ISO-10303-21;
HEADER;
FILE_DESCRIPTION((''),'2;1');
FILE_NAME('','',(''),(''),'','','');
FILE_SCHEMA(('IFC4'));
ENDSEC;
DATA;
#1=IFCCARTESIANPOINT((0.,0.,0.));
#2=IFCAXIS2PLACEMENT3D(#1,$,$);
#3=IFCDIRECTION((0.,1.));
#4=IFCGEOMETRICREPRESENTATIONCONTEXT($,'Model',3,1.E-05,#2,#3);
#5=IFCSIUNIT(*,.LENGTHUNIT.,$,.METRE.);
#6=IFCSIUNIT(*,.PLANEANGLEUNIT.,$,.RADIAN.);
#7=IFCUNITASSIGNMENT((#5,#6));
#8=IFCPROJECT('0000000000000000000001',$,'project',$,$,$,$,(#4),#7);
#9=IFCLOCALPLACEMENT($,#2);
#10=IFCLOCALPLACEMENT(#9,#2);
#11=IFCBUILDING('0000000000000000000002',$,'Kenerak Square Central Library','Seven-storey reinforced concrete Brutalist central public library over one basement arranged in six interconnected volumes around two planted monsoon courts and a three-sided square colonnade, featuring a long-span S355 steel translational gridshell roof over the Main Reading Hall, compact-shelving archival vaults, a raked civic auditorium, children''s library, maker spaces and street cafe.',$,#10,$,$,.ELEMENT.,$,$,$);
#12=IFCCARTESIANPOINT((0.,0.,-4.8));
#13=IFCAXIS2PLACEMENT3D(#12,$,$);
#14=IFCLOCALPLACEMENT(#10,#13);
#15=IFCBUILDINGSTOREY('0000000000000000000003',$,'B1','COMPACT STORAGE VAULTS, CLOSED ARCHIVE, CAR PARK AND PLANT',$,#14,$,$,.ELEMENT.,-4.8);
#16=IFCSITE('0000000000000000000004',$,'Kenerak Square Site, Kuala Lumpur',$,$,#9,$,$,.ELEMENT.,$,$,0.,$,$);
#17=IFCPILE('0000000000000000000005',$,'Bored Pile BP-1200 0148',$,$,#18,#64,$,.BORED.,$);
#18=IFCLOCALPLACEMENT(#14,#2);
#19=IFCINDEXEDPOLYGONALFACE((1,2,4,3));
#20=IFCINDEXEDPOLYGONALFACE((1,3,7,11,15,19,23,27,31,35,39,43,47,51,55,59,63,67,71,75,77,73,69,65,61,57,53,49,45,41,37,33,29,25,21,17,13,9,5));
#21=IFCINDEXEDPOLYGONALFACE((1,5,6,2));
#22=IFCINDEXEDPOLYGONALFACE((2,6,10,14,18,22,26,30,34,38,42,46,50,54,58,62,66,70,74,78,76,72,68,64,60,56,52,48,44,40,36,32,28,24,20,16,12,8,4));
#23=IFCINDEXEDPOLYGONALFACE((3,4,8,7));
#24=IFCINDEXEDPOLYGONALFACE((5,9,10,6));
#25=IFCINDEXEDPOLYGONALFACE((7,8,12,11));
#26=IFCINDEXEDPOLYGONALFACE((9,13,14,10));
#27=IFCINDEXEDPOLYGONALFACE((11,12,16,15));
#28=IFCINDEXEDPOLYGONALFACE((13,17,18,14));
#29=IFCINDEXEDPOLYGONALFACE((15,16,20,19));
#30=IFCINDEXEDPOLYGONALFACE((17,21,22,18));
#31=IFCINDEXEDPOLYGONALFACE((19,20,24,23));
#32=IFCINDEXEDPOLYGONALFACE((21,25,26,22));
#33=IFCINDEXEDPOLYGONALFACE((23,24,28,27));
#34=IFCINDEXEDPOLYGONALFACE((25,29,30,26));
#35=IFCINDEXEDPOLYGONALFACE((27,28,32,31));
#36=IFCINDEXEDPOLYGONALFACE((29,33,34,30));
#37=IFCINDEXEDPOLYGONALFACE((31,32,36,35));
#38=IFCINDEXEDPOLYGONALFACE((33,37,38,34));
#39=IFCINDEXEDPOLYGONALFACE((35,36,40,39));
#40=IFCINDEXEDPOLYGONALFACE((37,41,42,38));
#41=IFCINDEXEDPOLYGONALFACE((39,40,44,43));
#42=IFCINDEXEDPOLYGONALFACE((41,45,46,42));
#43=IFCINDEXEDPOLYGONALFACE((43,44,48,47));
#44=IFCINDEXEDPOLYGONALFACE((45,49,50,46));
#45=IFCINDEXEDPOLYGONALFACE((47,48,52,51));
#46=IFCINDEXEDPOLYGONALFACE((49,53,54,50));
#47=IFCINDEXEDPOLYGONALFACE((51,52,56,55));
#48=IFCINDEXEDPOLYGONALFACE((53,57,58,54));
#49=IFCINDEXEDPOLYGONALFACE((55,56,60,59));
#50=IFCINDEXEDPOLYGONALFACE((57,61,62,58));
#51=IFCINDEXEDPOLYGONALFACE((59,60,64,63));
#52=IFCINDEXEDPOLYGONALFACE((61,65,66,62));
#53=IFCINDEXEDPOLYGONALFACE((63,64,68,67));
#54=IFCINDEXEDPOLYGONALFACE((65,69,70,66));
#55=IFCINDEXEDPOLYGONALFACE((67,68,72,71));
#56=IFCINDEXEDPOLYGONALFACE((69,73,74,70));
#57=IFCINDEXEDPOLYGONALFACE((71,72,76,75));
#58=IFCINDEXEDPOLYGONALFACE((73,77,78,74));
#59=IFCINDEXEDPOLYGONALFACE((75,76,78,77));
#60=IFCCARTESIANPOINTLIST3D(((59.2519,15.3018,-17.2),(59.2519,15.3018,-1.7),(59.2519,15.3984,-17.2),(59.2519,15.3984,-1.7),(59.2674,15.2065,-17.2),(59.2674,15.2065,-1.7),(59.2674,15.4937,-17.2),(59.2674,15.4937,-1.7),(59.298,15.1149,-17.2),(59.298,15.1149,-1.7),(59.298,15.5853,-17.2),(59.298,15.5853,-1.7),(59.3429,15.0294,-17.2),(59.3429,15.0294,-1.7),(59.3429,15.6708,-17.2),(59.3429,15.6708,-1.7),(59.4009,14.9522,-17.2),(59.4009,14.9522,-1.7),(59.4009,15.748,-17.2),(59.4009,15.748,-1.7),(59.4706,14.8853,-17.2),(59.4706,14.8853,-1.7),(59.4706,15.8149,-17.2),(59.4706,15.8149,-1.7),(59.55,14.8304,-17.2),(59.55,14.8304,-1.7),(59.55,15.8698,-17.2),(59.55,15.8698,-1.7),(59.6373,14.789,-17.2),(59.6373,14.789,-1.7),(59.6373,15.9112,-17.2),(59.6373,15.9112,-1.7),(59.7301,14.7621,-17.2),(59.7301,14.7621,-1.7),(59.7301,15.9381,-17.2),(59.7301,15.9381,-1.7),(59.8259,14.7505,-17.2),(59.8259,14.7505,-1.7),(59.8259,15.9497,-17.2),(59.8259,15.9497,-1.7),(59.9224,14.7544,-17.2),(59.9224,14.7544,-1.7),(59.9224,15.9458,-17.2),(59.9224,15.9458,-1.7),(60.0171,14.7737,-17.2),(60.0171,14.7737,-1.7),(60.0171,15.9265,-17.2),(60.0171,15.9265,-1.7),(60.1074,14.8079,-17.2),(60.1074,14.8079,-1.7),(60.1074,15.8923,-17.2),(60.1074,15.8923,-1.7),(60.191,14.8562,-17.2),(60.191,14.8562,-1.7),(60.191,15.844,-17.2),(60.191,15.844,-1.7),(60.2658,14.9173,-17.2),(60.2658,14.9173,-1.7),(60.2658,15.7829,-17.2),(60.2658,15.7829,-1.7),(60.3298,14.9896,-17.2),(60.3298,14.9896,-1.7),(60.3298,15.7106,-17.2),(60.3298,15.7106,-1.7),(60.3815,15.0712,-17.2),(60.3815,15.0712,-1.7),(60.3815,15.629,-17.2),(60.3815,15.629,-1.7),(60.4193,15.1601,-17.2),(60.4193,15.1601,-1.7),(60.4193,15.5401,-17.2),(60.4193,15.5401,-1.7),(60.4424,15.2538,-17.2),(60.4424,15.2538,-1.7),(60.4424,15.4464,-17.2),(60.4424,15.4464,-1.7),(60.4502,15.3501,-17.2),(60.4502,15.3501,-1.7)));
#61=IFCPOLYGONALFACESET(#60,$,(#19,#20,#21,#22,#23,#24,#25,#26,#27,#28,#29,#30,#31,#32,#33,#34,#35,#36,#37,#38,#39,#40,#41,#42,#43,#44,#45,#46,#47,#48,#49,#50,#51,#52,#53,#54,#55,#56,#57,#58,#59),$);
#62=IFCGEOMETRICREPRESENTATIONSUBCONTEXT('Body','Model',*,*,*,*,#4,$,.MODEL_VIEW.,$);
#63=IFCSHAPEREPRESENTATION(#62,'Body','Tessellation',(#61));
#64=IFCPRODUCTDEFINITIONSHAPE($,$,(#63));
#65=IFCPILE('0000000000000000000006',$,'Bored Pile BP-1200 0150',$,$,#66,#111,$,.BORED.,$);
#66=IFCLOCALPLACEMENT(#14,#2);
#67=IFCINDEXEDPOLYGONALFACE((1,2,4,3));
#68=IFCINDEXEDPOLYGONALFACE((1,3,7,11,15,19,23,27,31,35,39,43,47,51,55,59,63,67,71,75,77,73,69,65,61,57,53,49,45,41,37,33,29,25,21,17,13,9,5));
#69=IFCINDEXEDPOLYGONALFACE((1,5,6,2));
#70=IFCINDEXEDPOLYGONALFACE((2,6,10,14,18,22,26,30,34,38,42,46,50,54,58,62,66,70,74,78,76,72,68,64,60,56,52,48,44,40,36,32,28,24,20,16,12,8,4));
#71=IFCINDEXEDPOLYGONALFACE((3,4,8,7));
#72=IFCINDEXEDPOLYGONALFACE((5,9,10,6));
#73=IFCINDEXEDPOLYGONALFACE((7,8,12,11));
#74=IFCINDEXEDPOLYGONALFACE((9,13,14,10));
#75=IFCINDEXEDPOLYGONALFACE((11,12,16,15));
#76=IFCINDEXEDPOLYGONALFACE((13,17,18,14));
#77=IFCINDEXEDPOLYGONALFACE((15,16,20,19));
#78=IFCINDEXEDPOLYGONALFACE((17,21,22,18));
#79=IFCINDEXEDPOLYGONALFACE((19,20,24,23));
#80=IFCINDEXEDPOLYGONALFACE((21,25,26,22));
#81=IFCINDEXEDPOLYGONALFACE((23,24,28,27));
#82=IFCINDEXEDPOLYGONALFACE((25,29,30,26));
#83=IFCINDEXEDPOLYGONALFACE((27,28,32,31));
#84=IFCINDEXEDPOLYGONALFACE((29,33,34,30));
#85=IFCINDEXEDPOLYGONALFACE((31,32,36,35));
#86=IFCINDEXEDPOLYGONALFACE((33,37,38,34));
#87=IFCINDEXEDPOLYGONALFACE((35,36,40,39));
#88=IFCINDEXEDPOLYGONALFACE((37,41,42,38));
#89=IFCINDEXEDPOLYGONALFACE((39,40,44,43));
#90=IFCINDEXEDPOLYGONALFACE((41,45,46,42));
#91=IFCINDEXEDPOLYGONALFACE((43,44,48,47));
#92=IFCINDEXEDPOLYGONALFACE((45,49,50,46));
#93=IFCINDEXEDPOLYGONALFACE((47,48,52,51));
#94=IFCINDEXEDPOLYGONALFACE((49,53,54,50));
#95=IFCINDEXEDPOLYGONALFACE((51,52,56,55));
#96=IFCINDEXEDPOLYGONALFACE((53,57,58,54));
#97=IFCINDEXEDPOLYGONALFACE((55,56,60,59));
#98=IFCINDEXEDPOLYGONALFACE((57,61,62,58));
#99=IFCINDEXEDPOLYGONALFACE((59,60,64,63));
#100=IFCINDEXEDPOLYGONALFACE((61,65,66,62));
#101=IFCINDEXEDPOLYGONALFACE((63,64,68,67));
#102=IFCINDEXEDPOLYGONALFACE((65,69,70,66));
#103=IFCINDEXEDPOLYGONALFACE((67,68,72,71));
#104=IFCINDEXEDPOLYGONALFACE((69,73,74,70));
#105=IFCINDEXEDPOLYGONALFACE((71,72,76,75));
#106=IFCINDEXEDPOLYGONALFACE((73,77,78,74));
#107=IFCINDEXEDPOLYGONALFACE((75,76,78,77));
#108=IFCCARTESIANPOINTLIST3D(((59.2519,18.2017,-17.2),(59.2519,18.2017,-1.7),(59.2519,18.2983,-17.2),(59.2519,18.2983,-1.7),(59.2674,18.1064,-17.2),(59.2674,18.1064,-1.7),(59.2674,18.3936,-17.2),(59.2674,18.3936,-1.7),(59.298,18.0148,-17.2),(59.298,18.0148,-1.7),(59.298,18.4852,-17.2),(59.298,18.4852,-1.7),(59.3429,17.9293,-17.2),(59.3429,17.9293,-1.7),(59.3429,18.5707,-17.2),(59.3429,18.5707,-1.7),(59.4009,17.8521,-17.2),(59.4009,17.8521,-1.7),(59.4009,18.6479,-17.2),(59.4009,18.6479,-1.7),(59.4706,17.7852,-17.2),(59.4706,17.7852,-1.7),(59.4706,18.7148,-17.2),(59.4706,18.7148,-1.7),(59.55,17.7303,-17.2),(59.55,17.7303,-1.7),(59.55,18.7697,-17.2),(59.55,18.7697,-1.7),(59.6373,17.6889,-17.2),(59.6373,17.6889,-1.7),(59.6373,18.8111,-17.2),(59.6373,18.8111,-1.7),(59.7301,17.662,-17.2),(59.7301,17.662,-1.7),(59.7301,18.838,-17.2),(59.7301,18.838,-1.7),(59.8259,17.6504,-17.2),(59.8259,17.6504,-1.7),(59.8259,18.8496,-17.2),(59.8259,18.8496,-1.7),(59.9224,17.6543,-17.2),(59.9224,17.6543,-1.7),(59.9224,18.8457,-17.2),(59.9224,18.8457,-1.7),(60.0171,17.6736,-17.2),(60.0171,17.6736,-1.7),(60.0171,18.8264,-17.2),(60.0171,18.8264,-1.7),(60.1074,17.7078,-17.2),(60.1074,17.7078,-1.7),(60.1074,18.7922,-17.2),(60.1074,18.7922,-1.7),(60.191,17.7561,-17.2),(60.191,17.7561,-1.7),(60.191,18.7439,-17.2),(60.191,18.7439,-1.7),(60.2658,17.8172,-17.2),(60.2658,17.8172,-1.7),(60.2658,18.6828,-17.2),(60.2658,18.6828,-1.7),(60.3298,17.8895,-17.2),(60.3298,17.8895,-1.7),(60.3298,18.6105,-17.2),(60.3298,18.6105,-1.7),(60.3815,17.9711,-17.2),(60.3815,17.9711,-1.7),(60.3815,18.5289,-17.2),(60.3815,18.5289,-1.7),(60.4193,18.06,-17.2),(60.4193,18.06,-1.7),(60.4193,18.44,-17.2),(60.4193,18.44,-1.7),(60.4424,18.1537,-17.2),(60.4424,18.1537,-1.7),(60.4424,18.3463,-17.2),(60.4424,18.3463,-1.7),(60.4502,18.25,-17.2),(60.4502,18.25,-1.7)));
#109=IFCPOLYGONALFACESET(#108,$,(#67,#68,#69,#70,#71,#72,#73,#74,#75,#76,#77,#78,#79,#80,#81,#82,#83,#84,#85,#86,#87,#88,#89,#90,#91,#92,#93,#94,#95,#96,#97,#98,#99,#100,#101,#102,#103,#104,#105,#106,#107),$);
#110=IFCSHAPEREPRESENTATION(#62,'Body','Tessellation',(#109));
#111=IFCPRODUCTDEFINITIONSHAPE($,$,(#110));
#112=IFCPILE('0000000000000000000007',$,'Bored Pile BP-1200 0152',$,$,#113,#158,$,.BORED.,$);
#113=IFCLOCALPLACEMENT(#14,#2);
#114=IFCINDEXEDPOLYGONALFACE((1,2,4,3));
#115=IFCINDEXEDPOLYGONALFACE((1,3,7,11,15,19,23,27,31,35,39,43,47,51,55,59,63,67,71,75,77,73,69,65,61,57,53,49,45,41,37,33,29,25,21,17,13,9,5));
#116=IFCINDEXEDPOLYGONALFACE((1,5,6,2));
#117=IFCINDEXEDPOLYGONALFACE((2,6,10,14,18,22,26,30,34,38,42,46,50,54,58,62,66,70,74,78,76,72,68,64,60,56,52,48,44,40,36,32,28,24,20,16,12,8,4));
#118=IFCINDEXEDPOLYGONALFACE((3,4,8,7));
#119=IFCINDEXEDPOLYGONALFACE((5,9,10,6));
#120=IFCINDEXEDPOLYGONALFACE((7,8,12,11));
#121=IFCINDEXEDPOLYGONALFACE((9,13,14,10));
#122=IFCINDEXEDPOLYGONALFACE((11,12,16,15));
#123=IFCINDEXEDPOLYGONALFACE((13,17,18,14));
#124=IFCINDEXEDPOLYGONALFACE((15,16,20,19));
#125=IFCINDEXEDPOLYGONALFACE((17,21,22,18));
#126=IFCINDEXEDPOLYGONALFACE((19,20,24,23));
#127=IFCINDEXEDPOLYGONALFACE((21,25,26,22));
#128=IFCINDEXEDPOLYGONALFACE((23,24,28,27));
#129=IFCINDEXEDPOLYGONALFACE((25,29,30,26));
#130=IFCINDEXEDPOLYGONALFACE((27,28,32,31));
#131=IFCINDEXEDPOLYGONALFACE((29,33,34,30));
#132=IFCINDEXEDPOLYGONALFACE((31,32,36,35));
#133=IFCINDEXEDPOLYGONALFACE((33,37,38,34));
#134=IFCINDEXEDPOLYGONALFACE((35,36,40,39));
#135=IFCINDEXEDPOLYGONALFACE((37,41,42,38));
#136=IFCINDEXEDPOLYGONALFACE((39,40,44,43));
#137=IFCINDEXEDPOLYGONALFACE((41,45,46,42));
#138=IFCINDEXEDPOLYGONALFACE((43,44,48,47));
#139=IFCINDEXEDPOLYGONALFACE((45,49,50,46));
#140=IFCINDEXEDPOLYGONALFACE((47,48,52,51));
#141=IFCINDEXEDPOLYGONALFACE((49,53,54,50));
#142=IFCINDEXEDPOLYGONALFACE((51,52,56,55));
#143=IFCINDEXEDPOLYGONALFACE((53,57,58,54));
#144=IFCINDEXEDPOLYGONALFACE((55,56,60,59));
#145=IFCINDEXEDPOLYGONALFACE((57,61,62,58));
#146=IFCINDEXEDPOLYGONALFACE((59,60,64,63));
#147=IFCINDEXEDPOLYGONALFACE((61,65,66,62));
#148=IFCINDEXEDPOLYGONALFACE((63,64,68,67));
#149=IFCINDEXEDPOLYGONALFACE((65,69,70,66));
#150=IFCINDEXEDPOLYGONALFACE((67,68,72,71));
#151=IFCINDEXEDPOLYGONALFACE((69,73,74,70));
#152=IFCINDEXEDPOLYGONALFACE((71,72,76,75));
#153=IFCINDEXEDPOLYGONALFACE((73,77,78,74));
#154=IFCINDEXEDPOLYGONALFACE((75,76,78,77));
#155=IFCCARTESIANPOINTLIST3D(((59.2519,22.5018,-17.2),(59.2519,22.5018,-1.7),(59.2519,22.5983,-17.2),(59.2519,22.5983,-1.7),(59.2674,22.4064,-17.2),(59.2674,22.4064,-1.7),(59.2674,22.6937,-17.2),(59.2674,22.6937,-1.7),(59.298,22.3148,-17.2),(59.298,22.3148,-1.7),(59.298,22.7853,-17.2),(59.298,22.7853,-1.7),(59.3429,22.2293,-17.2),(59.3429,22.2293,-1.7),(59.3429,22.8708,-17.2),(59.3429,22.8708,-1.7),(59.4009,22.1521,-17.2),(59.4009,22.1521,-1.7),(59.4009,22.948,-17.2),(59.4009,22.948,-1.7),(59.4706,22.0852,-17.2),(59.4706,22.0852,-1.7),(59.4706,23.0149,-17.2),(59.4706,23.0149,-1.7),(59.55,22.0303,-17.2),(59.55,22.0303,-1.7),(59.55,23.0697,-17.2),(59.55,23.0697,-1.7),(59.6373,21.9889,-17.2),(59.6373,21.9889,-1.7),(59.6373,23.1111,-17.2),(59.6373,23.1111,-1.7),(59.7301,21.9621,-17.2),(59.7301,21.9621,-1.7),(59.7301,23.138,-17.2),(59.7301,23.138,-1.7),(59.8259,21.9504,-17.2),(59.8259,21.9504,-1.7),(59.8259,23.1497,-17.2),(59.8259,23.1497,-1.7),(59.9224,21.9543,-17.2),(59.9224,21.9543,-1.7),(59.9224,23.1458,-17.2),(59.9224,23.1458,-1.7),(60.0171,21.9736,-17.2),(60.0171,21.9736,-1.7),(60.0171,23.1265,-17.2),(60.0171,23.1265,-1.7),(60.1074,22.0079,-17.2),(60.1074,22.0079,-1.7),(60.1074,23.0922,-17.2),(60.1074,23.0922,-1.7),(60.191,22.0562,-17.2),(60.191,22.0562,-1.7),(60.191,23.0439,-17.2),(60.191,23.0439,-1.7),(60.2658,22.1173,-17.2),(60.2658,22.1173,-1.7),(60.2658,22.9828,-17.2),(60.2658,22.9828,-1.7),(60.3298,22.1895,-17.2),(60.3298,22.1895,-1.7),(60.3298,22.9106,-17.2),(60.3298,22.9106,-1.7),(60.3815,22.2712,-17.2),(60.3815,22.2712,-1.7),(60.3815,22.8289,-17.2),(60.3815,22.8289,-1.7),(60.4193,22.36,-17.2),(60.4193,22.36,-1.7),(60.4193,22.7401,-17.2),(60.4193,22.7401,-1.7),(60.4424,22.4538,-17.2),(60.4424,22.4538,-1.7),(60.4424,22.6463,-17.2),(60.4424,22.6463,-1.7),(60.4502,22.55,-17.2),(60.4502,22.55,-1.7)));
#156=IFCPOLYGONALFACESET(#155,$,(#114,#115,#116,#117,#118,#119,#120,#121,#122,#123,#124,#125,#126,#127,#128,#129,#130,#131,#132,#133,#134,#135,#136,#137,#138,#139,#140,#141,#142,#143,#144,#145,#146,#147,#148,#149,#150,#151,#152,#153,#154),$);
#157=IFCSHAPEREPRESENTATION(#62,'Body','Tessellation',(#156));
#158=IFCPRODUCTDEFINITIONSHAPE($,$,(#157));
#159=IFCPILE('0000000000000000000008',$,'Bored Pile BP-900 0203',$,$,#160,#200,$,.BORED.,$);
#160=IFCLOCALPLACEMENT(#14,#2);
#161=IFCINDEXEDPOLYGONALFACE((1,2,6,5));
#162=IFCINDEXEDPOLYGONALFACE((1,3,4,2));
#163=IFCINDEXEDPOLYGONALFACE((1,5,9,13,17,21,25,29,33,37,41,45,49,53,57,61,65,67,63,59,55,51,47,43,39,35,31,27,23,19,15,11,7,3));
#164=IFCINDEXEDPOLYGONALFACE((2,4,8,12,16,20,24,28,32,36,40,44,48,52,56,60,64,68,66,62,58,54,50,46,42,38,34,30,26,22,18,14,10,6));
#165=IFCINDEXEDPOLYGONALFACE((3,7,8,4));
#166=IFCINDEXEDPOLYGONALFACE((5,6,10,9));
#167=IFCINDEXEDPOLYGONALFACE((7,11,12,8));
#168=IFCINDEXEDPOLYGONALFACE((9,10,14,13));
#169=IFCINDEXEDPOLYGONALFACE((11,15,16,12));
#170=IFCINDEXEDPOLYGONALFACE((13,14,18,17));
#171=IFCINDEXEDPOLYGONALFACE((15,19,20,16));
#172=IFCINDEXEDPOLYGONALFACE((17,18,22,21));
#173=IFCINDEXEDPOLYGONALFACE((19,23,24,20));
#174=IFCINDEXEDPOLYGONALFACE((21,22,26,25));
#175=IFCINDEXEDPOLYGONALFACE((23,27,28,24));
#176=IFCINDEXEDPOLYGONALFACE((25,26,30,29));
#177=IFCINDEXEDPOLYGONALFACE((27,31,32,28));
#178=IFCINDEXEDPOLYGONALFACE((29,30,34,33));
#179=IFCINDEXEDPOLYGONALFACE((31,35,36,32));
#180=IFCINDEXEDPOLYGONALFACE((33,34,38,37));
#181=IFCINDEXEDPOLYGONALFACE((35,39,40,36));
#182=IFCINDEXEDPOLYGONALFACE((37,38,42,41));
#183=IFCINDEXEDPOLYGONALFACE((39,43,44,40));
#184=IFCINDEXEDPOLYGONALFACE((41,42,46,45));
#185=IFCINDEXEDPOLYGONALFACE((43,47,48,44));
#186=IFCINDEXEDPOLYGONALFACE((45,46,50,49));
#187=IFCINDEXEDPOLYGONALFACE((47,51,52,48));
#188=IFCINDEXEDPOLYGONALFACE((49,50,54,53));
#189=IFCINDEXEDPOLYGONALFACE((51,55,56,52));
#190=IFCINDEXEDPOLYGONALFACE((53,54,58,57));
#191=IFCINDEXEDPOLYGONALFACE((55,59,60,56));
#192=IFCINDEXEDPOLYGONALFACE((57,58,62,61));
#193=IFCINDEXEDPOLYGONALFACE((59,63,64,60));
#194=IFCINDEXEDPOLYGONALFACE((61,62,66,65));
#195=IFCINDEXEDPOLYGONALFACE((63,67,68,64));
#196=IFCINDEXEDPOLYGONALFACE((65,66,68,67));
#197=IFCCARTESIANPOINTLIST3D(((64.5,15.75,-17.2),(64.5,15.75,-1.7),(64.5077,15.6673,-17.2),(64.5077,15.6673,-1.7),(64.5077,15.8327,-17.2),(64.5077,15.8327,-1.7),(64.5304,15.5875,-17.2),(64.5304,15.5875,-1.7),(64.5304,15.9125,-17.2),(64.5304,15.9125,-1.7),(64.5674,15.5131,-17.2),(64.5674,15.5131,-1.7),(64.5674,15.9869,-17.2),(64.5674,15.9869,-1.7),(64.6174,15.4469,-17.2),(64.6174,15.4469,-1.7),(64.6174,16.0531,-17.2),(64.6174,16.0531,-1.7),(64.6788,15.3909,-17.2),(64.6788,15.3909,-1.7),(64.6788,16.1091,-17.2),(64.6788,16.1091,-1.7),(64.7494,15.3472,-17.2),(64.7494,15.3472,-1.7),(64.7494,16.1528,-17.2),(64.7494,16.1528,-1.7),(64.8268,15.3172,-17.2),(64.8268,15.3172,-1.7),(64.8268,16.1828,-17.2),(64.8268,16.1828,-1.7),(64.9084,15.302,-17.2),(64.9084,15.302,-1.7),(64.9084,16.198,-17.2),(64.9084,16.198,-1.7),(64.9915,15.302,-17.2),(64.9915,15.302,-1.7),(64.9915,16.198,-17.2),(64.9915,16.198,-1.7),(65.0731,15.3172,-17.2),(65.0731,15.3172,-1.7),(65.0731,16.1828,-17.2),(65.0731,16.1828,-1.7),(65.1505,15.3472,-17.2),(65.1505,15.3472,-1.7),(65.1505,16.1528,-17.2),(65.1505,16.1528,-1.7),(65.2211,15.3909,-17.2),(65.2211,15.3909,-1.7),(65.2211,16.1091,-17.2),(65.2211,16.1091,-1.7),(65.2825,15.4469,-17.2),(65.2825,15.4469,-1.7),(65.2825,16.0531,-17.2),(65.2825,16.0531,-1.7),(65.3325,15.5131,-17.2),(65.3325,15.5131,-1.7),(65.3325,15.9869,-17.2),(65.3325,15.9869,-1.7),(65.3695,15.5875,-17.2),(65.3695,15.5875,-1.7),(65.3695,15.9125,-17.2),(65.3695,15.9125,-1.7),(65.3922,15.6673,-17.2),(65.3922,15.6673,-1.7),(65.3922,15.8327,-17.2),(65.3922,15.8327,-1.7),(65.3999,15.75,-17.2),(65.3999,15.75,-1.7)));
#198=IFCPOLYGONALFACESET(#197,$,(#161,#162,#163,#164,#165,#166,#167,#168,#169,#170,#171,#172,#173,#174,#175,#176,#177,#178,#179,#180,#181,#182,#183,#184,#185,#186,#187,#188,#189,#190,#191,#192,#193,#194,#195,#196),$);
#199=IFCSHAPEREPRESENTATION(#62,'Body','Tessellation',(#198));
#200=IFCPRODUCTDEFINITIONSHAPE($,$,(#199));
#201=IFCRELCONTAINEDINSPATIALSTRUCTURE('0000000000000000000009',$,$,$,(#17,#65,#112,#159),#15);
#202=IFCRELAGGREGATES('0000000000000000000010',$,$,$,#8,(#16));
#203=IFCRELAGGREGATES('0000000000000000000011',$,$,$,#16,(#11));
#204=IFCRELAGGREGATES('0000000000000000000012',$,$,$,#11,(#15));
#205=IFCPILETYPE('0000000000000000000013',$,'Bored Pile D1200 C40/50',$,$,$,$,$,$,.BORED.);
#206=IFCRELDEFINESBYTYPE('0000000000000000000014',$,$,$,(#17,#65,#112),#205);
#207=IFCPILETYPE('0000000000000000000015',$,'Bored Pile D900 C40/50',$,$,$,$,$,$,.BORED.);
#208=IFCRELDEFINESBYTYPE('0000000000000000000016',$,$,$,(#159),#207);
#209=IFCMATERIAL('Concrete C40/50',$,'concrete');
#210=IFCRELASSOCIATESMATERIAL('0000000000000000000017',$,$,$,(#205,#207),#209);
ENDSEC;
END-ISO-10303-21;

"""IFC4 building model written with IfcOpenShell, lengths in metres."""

from ifc_helpers import new_model, si_unit, direction, frame, origin, origin_2d, place, context, subcontext, project, spatial, circle, extrude, material, material_profile, profile_set, type_object, element, save


model = new_model("IFC4")

# Units and contexts
model_context = context("Model", 3, precision=1e-05, world=origin(), true_north=direction((0.0, 1.0)))
body_context = subcontext(model_context, "Body", "Model", "MODEL_VIEW")
ifc_project = project(units=[si_unit("LENGTHUNIT", "METRE"), si_unit("PLANEANGLEUNIT", "RADIAN")], contexts=[model_context])

# Site, building, storey
site_placement = place(None, origin())
site = spatial("IfcSite", under=ifc_project, at=site_placement, Name="Kenerak Square Site, Kuala Lumpur", CompositionType="ELEMENT", RefElevation=0.0)
building_placement = place(site_placement, origin())
building = spatial("IfcBuilding", under=site, at=building_placement, Name="Kenerak Square Central Library", Description="Seven-storey reinforced concrete Brutalist central public library over one basement arranged in six interconnected volumes around two planted monsoon courts and a three-sided square colonnade, featuring a long-span S355 steel translational gridshell roof over the Main Reading Hall, compact-shelving archival vaults, a raked civic auditorium, children's library, maker spaces and street cafe.", CompositionType="ELEMENT")
storey_placement = place(building_placement, frame((0.0, 0.0, -4.8)))
storey = spatial("IfcBuildingStorey", under=building, at=storey_placement, Name="B1", Description="COMPACT STORAGE VAULTS, CLOSED ARCHIVE, CAR PARK AND PLANT", CompositionType="ELEMENT", Elevation=-4.8)

# Piles
ifc_material_1 = material(Name="Concrete C40/50", Category="concrete")
ifc_material_profile_1 = material_profile(ifc_material_1, circle(Radius=0.6001, at=origin_2d()), Name="BP D1200")
ifc_profile_set_1 = profile_set([ifc_material_profile_1], Name="Concrete C40/50")
pile_type_1 = type_object("IfcPileType", Name="Bored Pile D1200 C40/50", PredefinedType="BORED", material=ifc_profile_set_1)
for number, where, z_axis, x_axis, name in (
    (1, (59.8501, 15.3501, -1.7), (0.0, 0.0, -1.0), (1.0, 0.0, 0.0), "Bored Pile BP-1200 0148"),
    (2, (59.8501, 18.25, -1.7), (0.0, 0.0, -1.0), (1.0, 0.0, 0.0), "Bored Pile BP-1200 0150"),
    (3, (59.8501, 22.55, -1.7), (0.0, 0.0, -1.0), (1.0, 0.0, 0.0), "Bored Pile BP-1200 0152"),
):
    element("IfcPile", number, at=place(storey_placement, frame(where, z_axis=z_axis, x_axis=x_axis)), inside=storey, type_object=pile_type_1, Name=name, PredefinedType="BORED", context=body_context, shape_type="SweptSolid", body=[
        extrude(circle(Radius=0.6001, at=origin_2d()), origin(), (0.0, 0.0, 1.0), 15.5),
    ])
ifc_material_profile_2 = material_profile(ifc_material_1, circle(Radius=0.45, at=origin_2d()), Name="BP D900")
ifc_profile_set_2 = profile_set([ifc_material_profile_2], Name="Concrete C40/50")
pile_type_2 = type_object("IfcPileType", Name="Bored Pile D900 C40/50", PredefinedType="BORED", material=ifc_profile_set_2)
for number, where, z_axis, x_axis, name in (
    (4, (64.95, 15.75, -1.7), (0.0, 0.0, -1.0), (1.0, 0.0, 0.0), "Bored Pile BP-900 0203"),
):
    element("IfcPile", number, at=place(storey_placement, frame(where, z_axis=z_axis, x_axis=x_axis)), inside=storey, type_object=pile_type_2, Name=name, PredefinedType="BORED", context=body_context, shape_type="SweptSolid", body=[
        extrude(circle(Radius=0.45, at=origin_2d()), origin(), (0.0, 0.0, 1.0), 15.5),
    ])

save(model, "model.ifc")
